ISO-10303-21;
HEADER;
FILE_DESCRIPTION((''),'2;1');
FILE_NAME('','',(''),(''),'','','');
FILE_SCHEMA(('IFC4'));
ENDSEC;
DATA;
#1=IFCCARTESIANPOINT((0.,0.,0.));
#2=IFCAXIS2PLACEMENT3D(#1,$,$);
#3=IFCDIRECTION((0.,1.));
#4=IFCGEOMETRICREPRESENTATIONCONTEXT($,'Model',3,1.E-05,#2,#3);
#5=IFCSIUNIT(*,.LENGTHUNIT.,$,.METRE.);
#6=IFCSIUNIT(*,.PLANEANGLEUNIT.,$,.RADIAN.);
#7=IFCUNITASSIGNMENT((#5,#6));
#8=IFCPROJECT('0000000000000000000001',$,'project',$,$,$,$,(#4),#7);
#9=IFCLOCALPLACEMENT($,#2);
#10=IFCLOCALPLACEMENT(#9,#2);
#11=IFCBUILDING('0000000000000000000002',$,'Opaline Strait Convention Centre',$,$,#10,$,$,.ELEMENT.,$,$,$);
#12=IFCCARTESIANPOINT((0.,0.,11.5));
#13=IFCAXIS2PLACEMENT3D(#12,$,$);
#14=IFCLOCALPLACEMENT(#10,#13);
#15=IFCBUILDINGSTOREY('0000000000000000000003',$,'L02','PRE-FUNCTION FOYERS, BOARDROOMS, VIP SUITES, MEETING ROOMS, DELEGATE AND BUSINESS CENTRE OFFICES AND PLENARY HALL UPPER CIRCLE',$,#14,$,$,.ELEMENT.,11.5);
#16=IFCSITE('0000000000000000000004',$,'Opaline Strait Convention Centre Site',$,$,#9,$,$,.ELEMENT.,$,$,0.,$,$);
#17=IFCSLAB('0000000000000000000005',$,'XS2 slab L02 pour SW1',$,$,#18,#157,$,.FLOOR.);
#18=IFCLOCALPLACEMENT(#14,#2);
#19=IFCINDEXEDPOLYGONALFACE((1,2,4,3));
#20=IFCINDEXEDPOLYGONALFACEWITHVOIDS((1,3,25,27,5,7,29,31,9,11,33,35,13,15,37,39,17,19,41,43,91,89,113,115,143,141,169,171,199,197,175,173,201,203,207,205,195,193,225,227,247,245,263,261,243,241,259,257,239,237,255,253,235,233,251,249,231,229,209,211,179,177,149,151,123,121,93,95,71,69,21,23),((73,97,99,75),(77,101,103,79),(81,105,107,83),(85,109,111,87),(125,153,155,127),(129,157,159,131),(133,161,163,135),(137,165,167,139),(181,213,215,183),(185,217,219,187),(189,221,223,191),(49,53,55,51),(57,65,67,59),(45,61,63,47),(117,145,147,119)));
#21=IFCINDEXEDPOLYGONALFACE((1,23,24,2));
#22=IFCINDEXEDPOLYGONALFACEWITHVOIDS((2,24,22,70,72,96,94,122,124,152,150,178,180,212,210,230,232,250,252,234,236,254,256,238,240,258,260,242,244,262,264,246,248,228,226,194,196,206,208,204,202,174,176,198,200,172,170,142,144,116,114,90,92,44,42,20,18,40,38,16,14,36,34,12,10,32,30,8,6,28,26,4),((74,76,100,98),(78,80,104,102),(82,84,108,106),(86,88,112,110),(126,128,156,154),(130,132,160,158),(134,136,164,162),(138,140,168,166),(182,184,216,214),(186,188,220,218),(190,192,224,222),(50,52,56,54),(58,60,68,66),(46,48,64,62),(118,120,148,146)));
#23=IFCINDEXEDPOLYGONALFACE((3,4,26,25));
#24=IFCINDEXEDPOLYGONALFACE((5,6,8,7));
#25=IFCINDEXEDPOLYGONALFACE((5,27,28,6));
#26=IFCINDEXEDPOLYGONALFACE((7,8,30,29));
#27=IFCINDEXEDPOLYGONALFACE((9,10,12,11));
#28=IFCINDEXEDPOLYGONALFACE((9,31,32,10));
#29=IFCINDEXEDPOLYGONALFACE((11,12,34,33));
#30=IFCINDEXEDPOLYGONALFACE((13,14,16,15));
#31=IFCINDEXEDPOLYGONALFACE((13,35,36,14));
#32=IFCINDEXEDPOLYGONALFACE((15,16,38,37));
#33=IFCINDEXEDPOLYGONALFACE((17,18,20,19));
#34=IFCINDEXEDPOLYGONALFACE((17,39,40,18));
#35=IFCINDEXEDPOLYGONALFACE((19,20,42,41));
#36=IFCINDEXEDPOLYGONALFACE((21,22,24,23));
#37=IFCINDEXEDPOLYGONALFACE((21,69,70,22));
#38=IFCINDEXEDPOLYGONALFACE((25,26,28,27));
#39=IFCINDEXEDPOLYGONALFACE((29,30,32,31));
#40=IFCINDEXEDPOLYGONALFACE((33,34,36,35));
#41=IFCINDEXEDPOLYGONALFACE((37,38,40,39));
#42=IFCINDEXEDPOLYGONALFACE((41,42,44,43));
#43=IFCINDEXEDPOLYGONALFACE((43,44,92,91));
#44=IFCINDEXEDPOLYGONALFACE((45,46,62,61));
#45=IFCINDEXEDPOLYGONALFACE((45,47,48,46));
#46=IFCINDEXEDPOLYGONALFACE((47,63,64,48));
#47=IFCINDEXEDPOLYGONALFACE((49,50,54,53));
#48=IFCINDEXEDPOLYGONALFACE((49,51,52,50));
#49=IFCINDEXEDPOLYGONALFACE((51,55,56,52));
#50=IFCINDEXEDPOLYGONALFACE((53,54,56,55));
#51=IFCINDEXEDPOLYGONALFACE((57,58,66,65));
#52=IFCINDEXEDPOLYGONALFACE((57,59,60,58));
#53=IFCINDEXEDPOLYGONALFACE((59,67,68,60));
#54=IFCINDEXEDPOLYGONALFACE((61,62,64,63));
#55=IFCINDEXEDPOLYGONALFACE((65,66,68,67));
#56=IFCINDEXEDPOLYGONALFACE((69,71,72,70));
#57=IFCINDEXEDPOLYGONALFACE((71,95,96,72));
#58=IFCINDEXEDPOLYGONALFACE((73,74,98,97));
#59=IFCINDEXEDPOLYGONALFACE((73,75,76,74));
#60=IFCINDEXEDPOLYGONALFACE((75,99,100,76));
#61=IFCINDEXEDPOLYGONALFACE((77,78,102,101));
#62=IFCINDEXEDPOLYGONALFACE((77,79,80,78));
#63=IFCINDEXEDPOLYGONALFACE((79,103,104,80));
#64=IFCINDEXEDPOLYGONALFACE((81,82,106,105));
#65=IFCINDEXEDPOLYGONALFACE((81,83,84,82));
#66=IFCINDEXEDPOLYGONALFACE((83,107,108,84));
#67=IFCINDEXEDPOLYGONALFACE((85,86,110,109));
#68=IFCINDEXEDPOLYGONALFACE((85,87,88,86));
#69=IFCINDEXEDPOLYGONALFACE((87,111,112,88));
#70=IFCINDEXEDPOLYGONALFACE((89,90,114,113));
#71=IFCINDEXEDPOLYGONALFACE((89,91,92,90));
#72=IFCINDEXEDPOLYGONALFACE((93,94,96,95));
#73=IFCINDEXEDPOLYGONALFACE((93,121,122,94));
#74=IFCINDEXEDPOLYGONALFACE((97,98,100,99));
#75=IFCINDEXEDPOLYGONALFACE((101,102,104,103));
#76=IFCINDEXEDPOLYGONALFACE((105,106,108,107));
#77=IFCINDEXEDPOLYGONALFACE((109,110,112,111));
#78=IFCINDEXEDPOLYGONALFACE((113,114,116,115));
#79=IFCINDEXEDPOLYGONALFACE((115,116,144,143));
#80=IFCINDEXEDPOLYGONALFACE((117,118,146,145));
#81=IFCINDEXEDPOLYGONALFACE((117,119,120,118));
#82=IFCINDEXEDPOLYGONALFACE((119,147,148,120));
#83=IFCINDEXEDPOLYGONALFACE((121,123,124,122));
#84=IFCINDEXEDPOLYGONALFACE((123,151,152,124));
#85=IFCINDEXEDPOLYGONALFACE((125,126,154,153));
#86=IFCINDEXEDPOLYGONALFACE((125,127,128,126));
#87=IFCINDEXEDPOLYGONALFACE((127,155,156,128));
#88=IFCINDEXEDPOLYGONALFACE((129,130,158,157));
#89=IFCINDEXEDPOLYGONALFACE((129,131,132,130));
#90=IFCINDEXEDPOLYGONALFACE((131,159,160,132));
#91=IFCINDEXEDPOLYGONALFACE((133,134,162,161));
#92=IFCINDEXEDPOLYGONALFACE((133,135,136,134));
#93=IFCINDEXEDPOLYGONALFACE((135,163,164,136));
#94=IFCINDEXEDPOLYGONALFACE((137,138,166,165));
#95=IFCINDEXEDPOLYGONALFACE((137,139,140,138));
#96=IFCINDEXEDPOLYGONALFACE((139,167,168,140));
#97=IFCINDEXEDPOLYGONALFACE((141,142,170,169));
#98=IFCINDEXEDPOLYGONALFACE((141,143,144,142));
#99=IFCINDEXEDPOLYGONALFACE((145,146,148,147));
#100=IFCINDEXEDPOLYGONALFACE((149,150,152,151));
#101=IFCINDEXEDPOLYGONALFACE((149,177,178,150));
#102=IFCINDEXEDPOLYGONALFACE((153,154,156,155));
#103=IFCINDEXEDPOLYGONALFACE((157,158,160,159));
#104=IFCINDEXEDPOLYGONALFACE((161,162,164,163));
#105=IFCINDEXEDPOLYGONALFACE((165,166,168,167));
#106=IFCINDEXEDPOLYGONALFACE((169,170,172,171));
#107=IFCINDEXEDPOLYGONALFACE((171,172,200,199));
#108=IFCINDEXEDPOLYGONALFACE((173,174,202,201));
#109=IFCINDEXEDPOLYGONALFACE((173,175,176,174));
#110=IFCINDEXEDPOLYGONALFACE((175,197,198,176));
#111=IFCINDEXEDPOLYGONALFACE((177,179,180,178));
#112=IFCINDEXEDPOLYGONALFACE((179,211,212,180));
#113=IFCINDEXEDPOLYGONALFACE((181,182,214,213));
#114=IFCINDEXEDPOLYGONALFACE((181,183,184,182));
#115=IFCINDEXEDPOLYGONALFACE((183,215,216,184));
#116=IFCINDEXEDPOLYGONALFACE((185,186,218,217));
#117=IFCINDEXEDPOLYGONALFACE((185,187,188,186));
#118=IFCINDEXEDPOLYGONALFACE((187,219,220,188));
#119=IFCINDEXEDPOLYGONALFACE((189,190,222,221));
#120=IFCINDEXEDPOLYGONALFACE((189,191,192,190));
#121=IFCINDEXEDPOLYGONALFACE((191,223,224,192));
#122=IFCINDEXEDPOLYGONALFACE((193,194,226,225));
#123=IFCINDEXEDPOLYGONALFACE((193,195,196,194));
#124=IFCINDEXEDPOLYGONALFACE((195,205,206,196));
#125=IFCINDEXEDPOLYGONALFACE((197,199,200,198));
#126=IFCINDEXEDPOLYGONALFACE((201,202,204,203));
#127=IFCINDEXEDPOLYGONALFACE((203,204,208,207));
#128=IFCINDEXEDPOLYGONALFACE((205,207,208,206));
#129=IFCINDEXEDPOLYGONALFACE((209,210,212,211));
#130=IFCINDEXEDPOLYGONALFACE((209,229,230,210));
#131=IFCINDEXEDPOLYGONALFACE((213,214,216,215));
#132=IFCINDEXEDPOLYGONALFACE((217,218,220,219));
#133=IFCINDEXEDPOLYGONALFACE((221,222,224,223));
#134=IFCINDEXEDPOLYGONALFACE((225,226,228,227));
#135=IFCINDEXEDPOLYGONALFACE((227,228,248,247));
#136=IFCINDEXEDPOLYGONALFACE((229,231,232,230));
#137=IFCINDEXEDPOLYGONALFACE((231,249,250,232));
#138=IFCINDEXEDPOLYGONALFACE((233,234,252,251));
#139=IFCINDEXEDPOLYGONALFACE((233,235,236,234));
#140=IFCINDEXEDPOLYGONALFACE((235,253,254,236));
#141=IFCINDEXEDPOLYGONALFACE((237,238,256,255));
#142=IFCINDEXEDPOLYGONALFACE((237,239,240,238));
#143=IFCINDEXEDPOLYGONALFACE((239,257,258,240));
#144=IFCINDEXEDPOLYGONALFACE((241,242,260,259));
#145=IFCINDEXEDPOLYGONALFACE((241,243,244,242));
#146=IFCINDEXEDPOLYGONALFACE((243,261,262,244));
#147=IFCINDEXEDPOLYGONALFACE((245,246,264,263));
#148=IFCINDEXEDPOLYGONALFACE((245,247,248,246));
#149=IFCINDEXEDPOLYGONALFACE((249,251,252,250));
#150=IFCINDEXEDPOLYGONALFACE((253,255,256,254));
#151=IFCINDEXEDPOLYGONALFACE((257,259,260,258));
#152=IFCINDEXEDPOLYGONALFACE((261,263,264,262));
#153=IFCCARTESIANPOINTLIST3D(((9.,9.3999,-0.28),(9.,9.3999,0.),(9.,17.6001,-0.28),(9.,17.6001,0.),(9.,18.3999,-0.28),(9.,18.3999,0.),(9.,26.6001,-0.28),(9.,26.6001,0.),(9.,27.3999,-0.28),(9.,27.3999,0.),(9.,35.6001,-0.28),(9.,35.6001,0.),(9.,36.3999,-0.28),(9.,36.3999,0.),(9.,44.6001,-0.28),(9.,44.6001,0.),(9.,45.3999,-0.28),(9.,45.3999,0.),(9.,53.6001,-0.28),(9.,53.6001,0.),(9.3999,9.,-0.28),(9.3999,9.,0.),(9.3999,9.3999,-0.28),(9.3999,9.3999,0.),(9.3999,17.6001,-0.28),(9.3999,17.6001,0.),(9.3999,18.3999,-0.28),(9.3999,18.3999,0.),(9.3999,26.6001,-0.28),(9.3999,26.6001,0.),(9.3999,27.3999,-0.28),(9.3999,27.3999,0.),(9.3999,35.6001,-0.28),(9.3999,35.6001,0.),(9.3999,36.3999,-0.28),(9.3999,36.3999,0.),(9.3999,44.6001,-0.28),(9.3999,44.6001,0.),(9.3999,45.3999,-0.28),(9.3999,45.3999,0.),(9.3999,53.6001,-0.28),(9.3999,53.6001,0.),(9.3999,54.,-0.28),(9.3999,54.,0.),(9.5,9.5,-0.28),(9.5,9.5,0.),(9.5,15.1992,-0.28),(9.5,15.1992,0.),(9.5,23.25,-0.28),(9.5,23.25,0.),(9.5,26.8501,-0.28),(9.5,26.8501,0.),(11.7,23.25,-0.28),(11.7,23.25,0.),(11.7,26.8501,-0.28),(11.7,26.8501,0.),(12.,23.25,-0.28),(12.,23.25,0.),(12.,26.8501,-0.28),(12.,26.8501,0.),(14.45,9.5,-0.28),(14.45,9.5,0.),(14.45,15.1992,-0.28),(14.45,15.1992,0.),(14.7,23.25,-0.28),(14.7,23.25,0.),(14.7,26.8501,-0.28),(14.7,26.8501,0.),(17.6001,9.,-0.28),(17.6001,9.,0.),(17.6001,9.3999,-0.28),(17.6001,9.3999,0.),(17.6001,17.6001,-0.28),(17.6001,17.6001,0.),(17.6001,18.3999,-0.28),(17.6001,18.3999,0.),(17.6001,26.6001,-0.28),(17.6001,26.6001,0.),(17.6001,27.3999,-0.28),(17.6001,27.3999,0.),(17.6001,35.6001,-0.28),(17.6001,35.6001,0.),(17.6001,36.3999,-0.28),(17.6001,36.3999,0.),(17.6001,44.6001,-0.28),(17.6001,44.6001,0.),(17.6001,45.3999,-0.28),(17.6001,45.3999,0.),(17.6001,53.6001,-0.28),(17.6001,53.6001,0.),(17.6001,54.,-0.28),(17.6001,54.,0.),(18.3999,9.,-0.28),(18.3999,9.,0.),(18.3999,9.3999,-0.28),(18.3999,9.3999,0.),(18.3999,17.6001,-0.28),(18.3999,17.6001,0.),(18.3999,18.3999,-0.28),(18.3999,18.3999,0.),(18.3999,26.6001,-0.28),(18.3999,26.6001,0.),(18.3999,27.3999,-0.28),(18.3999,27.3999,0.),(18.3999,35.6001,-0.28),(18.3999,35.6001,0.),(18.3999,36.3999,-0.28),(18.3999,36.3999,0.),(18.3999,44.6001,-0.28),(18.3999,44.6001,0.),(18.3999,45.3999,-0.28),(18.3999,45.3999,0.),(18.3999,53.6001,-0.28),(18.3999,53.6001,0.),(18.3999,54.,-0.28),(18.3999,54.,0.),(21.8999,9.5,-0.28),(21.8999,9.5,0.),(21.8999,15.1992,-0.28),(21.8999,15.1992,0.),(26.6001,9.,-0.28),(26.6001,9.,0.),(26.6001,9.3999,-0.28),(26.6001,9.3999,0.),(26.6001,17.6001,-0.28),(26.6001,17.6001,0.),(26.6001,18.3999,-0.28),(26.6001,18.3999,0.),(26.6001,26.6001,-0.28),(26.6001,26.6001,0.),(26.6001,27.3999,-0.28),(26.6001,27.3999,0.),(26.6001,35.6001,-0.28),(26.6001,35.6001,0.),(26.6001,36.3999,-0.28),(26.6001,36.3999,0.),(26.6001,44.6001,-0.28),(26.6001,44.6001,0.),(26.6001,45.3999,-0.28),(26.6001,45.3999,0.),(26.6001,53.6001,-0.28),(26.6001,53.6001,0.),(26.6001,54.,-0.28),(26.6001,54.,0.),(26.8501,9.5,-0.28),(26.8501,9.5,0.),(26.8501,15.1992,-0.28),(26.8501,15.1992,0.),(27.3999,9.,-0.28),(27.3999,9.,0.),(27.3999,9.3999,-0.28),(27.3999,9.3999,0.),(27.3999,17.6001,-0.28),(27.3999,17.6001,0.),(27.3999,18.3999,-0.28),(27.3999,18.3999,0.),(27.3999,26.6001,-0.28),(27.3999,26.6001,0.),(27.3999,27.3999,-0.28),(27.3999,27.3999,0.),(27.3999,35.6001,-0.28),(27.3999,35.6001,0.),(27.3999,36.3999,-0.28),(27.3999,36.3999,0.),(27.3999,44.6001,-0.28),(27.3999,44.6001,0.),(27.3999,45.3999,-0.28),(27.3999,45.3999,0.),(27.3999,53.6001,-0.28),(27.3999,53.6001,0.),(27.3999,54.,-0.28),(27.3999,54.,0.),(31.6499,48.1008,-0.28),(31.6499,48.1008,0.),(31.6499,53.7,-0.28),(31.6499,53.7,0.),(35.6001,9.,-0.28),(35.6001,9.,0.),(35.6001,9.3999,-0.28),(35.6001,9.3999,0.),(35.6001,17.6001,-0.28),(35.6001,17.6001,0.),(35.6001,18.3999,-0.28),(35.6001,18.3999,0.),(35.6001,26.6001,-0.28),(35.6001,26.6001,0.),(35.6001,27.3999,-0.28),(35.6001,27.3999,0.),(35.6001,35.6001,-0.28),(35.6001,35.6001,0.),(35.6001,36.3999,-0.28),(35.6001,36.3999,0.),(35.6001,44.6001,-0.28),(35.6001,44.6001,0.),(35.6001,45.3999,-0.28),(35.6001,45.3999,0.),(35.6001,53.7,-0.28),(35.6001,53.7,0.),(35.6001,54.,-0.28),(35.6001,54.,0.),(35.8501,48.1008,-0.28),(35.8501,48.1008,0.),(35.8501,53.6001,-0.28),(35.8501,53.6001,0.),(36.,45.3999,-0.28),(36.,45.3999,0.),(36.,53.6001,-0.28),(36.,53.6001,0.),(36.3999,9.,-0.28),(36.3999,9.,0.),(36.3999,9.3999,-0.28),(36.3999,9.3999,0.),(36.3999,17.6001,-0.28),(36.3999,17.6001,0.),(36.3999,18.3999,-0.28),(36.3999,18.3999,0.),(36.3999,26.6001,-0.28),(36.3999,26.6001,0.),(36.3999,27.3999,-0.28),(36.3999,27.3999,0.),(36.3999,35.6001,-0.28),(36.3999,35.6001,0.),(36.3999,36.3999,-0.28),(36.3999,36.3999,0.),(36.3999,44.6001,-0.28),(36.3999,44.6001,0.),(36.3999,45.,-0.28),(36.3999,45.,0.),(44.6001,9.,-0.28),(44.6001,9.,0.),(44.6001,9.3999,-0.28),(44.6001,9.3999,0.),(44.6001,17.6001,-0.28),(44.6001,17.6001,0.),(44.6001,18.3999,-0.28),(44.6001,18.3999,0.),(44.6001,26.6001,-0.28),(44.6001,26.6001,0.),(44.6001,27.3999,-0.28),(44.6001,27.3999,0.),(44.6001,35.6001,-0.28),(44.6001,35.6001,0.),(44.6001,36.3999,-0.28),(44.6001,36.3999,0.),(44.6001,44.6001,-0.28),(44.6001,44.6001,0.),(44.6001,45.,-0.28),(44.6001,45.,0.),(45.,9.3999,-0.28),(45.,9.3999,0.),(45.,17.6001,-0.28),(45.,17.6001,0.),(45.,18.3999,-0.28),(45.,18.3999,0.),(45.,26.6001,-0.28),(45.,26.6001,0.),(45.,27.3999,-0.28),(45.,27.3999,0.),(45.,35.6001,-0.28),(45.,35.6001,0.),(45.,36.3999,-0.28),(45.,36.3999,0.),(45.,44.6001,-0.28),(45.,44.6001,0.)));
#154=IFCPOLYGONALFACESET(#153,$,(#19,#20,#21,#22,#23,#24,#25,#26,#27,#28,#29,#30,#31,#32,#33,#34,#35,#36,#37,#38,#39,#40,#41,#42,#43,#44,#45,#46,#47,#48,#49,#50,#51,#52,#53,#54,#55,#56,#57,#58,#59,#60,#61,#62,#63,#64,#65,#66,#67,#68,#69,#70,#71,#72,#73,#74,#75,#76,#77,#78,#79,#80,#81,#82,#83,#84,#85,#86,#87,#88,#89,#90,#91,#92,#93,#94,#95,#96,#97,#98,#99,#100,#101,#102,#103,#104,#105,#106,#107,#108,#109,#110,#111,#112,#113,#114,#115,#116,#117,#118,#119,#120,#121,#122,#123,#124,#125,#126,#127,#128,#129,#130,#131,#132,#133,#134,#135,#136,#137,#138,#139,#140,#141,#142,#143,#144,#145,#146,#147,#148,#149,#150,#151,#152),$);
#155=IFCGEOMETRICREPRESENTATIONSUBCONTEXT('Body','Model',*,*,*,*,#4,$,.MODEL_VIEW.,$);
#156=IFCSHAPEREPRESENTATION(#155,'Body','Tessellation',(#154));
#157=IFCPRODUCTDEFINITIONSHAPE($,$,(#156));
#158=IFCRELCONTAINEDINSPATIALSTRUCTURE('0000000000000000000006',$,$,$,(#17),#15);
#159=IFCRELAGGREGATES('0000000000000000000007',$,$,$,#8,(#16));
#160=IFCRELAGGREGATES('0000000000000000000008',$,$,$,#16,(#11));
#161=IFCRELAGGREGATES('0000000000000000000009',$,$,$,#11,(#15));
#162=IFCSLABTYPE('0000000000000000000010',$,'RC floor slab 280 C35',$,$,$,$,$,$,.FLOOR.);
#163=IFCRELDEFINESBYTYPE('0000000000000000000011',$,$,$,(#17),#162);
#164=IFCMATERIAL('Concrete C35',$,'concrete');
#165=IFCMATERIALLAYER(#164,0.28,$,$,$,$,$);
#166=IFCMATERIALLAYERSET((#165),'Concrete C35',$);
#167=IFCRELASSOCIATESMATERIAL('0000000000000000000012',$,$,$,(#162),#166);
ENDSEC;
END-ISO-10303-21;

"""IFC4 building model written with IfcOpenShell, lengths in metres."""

from ifc_helpers import new_model, si_unit, direction, frame, origin, place, context, subcontext, project, spatial, polyline, outline, extrude, material, layer, layer_set, type_object, element, save


model = new_model("IFC4")

# Units and contexts
model_context = context("Model", 3, precision=1e-05, world=origin(), true_north=direction((0.0, 1.0)))
body_context = subcontext(model_context, "Body", "Model", "MODEL_VIEW")
ifc_project = project(units=[si_unit("LENGTHUNIT", "METRE"), si_unit("PLANEANGLEUNIT", "RADIAN")], contexts=[model_context])

# Site, building, storey
site_placement = place(None, origin())
site = spatial("IfcSite", under=ifc_project, at=site_placement, Name="Opaline Strait Convention Centre Site", CompositionType="ELEMENT", RefElevation=0.0)
building_placement = place(site_placement, origin())
building = spatial("IfcBuilding", under=site, at=building_placement, Name="Opaline Strait Convention Centre", CompositionType="ELEMENT")
storey_placement = place(building_placement, frame((0.0, 0.0, 11.5)))
storey = spatial("IfcBuildingStorey", under=building, at=storey_placement, Name="L02", Description="PRE-FUNCTION FOYERS, BOARDROOMS, VIP SUITES, MEETING ROOMS, DELEGATE AND BUSINESS CENTRE OFFICES AND PLENARY HALL UPPER CIRCLE", CompositionType="ELEMENT", Elevation=11.5)

# Slab
ifc_material_1 = material(Name="Concrete C35", Category="concrete")
ifc_layer_1 = layer(ifc_material_1, 0.28)
ifc_layer_set_1 = layer_set([ifc_layer_1], Name="Concrete C35")
slab_type_1 = type_object("IfcSlabType", Name="RC floor slab 280 C35", PredefinedType="FLOOR", material=ifc_layer_set_1)
slab_1_placement = place(storey_placement, frame((0.0, 0.0, -0.28)))
element("IfcSlab", 1, at=slab_1_placement, inside=storey, type_object=slab_type_1, Name="XS2 slab L02 pour SW1", PredefinedType="FLOOR", context=body_context, shape_type="SweptSolid", body=[
    extrude(outline(polyline([(9.3999, 17.6001), (9.3999, 18.3999), (9.0, 18.3999), (9.0, 26.6001), (9.3999, 26.6001), (9.3999, 27.3999), (9.0, 27.3999), (9.0, 35.6001), (9.3999, 35.6001), (9.3999, 36.3999), (9.0, 36.3999), (9.0, 44.6001), (9.3999, 44.6001), (9.3999, 45.3999), (9.0, 45.3999), (9.0, 53.6001), (9.3999, 53.6001), (9.3999, 54.0), (17.6001, 54.0), (17.6001, 53.6001), (18.3999, 53.6001), (18.3999, 54.0), (26.6001, 54.0), (26.6001, 53.6001), (27.3999, 53.6001), (27.3999, 54.0), (35.6001, 54.0), (35.6001, 53.7), (31.6499, 53.7), (31.6499, 48.1008), (35.8501, 48.1008), (35.8501, 53.6001), (36.0, 53.6001), (36.0, 45.3999), (35.6001, 45.3999), (35.6001, 44.6001), (36.3999, 44.6001), (36.3999, 45.0), (44.6001, 45.0), (44.6001, 44.6001), (45.0, 44.6001), (45.0, 36.3999), (44.6001, 36.3999), (44.6001, 35.6001), (45.0, 35.6001), (45.0, 27.3999), (44.6001, 27.3999), (44.6001, 26.6001), (45.0, 26.6001), (45.0, 18.3999), (44.6001, 18.3999), (44.6001, 17.6001), (45.0, 17.6001), (45.0, 9.3999), (44.6001, 9.3999), (44.6001, 9.0), (36.3999, 9.0), (36.3999, 9.3999), (35.6001, 9.3999), (35.6001, 9.0), (27.3999, 9.0), (27.3999, 9.3999), (26.6001, 9.3999), (26.6001, 9.0), (18.3999, 9.0), (18.3999, 9.3999), (17.6001, 9.3999), (17.6001, 9.0), (9.3999, 9.0), (9.3999, 9.3999), (9.0, 9.3999), (9.0, 17.6001), (9.3999, 17.6001)]), holes=[polyline([(21.8999, 9.5), (26.8501, 9.5), (26.8501, 15.1992), (21.8999, 15.1992), (21.8999, 9.5)]), polyline([(9.5, 9.5), (14.45, 9.5), (14.45, 15.1992), (9.5, 15.1992), (9.5, 9.5)]), polyline([(17.6001, 17.6001), (18.3999, 17.6001), (18.3999, 18.3999), (17.6001, 18.3999), (17.6001, 17.6001)]), polyline([(12.0, 23.25), (14.7, 23.25), (14.7, 26.8501), (12.0, 26.8501), (12.0, 23.25)]), polyline([(11.7, 23.25), (11.7, 26.8501), (9.5, 26.8501), (9.5, 23.25), (11.7, 23.25)]), polyline([(17.6001, 26.6001), (18.3999, 26.6001), (18.3999, 27.3999), (17.6001, 27.3999), (17.6001, 26.6001)]), polyline([(17.6001, 35.6001), (18.3999, 35.6001), (18.3999, 36.3999), (17.6001, 36.3999), (17.6001, 35.6001)]), polyline([(17.6001, 44.6001), (18.3999, 44.6001), (18.3999, 45.3999), (17.6001, 45.3999), (17.6001, 44.6001)]), polyline([(26.6001, 17.6001), (27.3999, 17.6001), (27.3999, 18.3999), (26.6001, 18.3999), (26.6001, 17.6001)]), polyline([(35.6001, 17.6001), (36.3999, 17.6001), (36.3999, 18.3999), (35.6001, 18.3999), (35.6001, 17.6001)]), polyline([(27.3999, 26.6001), (27.3999, 27.3999), (26.6001, 27.3999), (26.6001, 26.6001), (27.3999, 26.6001)]), polyline([(35.6001, 26.6001), (36.3999, 26.6001), (36.3999, 27.3999), (35.6001, 27.3999), (35.6001, 26.6001)]), polyline([(35.6001, 35.6001), (36.3999, 35.6001), (36.3999, 36.3999), (35.6001, 36.3999), (35.6001, 35.6001)]), polyline([(26.6001, 35.6001), (27.3999, 35.6001), (27.3999, 36.3999), (26.6001, 36.3999), (26.6001, 35.6001)]), polyline([(26.6001, 44.6001), (27.3999, 44.6001), (27.3999, 45.3999), (26.6001, 45.3999), (26.6001, 44.6001)])]), origin(), (0.0, 0.0, 1.0), 0.28),
])

save(model, "model.ifc")
